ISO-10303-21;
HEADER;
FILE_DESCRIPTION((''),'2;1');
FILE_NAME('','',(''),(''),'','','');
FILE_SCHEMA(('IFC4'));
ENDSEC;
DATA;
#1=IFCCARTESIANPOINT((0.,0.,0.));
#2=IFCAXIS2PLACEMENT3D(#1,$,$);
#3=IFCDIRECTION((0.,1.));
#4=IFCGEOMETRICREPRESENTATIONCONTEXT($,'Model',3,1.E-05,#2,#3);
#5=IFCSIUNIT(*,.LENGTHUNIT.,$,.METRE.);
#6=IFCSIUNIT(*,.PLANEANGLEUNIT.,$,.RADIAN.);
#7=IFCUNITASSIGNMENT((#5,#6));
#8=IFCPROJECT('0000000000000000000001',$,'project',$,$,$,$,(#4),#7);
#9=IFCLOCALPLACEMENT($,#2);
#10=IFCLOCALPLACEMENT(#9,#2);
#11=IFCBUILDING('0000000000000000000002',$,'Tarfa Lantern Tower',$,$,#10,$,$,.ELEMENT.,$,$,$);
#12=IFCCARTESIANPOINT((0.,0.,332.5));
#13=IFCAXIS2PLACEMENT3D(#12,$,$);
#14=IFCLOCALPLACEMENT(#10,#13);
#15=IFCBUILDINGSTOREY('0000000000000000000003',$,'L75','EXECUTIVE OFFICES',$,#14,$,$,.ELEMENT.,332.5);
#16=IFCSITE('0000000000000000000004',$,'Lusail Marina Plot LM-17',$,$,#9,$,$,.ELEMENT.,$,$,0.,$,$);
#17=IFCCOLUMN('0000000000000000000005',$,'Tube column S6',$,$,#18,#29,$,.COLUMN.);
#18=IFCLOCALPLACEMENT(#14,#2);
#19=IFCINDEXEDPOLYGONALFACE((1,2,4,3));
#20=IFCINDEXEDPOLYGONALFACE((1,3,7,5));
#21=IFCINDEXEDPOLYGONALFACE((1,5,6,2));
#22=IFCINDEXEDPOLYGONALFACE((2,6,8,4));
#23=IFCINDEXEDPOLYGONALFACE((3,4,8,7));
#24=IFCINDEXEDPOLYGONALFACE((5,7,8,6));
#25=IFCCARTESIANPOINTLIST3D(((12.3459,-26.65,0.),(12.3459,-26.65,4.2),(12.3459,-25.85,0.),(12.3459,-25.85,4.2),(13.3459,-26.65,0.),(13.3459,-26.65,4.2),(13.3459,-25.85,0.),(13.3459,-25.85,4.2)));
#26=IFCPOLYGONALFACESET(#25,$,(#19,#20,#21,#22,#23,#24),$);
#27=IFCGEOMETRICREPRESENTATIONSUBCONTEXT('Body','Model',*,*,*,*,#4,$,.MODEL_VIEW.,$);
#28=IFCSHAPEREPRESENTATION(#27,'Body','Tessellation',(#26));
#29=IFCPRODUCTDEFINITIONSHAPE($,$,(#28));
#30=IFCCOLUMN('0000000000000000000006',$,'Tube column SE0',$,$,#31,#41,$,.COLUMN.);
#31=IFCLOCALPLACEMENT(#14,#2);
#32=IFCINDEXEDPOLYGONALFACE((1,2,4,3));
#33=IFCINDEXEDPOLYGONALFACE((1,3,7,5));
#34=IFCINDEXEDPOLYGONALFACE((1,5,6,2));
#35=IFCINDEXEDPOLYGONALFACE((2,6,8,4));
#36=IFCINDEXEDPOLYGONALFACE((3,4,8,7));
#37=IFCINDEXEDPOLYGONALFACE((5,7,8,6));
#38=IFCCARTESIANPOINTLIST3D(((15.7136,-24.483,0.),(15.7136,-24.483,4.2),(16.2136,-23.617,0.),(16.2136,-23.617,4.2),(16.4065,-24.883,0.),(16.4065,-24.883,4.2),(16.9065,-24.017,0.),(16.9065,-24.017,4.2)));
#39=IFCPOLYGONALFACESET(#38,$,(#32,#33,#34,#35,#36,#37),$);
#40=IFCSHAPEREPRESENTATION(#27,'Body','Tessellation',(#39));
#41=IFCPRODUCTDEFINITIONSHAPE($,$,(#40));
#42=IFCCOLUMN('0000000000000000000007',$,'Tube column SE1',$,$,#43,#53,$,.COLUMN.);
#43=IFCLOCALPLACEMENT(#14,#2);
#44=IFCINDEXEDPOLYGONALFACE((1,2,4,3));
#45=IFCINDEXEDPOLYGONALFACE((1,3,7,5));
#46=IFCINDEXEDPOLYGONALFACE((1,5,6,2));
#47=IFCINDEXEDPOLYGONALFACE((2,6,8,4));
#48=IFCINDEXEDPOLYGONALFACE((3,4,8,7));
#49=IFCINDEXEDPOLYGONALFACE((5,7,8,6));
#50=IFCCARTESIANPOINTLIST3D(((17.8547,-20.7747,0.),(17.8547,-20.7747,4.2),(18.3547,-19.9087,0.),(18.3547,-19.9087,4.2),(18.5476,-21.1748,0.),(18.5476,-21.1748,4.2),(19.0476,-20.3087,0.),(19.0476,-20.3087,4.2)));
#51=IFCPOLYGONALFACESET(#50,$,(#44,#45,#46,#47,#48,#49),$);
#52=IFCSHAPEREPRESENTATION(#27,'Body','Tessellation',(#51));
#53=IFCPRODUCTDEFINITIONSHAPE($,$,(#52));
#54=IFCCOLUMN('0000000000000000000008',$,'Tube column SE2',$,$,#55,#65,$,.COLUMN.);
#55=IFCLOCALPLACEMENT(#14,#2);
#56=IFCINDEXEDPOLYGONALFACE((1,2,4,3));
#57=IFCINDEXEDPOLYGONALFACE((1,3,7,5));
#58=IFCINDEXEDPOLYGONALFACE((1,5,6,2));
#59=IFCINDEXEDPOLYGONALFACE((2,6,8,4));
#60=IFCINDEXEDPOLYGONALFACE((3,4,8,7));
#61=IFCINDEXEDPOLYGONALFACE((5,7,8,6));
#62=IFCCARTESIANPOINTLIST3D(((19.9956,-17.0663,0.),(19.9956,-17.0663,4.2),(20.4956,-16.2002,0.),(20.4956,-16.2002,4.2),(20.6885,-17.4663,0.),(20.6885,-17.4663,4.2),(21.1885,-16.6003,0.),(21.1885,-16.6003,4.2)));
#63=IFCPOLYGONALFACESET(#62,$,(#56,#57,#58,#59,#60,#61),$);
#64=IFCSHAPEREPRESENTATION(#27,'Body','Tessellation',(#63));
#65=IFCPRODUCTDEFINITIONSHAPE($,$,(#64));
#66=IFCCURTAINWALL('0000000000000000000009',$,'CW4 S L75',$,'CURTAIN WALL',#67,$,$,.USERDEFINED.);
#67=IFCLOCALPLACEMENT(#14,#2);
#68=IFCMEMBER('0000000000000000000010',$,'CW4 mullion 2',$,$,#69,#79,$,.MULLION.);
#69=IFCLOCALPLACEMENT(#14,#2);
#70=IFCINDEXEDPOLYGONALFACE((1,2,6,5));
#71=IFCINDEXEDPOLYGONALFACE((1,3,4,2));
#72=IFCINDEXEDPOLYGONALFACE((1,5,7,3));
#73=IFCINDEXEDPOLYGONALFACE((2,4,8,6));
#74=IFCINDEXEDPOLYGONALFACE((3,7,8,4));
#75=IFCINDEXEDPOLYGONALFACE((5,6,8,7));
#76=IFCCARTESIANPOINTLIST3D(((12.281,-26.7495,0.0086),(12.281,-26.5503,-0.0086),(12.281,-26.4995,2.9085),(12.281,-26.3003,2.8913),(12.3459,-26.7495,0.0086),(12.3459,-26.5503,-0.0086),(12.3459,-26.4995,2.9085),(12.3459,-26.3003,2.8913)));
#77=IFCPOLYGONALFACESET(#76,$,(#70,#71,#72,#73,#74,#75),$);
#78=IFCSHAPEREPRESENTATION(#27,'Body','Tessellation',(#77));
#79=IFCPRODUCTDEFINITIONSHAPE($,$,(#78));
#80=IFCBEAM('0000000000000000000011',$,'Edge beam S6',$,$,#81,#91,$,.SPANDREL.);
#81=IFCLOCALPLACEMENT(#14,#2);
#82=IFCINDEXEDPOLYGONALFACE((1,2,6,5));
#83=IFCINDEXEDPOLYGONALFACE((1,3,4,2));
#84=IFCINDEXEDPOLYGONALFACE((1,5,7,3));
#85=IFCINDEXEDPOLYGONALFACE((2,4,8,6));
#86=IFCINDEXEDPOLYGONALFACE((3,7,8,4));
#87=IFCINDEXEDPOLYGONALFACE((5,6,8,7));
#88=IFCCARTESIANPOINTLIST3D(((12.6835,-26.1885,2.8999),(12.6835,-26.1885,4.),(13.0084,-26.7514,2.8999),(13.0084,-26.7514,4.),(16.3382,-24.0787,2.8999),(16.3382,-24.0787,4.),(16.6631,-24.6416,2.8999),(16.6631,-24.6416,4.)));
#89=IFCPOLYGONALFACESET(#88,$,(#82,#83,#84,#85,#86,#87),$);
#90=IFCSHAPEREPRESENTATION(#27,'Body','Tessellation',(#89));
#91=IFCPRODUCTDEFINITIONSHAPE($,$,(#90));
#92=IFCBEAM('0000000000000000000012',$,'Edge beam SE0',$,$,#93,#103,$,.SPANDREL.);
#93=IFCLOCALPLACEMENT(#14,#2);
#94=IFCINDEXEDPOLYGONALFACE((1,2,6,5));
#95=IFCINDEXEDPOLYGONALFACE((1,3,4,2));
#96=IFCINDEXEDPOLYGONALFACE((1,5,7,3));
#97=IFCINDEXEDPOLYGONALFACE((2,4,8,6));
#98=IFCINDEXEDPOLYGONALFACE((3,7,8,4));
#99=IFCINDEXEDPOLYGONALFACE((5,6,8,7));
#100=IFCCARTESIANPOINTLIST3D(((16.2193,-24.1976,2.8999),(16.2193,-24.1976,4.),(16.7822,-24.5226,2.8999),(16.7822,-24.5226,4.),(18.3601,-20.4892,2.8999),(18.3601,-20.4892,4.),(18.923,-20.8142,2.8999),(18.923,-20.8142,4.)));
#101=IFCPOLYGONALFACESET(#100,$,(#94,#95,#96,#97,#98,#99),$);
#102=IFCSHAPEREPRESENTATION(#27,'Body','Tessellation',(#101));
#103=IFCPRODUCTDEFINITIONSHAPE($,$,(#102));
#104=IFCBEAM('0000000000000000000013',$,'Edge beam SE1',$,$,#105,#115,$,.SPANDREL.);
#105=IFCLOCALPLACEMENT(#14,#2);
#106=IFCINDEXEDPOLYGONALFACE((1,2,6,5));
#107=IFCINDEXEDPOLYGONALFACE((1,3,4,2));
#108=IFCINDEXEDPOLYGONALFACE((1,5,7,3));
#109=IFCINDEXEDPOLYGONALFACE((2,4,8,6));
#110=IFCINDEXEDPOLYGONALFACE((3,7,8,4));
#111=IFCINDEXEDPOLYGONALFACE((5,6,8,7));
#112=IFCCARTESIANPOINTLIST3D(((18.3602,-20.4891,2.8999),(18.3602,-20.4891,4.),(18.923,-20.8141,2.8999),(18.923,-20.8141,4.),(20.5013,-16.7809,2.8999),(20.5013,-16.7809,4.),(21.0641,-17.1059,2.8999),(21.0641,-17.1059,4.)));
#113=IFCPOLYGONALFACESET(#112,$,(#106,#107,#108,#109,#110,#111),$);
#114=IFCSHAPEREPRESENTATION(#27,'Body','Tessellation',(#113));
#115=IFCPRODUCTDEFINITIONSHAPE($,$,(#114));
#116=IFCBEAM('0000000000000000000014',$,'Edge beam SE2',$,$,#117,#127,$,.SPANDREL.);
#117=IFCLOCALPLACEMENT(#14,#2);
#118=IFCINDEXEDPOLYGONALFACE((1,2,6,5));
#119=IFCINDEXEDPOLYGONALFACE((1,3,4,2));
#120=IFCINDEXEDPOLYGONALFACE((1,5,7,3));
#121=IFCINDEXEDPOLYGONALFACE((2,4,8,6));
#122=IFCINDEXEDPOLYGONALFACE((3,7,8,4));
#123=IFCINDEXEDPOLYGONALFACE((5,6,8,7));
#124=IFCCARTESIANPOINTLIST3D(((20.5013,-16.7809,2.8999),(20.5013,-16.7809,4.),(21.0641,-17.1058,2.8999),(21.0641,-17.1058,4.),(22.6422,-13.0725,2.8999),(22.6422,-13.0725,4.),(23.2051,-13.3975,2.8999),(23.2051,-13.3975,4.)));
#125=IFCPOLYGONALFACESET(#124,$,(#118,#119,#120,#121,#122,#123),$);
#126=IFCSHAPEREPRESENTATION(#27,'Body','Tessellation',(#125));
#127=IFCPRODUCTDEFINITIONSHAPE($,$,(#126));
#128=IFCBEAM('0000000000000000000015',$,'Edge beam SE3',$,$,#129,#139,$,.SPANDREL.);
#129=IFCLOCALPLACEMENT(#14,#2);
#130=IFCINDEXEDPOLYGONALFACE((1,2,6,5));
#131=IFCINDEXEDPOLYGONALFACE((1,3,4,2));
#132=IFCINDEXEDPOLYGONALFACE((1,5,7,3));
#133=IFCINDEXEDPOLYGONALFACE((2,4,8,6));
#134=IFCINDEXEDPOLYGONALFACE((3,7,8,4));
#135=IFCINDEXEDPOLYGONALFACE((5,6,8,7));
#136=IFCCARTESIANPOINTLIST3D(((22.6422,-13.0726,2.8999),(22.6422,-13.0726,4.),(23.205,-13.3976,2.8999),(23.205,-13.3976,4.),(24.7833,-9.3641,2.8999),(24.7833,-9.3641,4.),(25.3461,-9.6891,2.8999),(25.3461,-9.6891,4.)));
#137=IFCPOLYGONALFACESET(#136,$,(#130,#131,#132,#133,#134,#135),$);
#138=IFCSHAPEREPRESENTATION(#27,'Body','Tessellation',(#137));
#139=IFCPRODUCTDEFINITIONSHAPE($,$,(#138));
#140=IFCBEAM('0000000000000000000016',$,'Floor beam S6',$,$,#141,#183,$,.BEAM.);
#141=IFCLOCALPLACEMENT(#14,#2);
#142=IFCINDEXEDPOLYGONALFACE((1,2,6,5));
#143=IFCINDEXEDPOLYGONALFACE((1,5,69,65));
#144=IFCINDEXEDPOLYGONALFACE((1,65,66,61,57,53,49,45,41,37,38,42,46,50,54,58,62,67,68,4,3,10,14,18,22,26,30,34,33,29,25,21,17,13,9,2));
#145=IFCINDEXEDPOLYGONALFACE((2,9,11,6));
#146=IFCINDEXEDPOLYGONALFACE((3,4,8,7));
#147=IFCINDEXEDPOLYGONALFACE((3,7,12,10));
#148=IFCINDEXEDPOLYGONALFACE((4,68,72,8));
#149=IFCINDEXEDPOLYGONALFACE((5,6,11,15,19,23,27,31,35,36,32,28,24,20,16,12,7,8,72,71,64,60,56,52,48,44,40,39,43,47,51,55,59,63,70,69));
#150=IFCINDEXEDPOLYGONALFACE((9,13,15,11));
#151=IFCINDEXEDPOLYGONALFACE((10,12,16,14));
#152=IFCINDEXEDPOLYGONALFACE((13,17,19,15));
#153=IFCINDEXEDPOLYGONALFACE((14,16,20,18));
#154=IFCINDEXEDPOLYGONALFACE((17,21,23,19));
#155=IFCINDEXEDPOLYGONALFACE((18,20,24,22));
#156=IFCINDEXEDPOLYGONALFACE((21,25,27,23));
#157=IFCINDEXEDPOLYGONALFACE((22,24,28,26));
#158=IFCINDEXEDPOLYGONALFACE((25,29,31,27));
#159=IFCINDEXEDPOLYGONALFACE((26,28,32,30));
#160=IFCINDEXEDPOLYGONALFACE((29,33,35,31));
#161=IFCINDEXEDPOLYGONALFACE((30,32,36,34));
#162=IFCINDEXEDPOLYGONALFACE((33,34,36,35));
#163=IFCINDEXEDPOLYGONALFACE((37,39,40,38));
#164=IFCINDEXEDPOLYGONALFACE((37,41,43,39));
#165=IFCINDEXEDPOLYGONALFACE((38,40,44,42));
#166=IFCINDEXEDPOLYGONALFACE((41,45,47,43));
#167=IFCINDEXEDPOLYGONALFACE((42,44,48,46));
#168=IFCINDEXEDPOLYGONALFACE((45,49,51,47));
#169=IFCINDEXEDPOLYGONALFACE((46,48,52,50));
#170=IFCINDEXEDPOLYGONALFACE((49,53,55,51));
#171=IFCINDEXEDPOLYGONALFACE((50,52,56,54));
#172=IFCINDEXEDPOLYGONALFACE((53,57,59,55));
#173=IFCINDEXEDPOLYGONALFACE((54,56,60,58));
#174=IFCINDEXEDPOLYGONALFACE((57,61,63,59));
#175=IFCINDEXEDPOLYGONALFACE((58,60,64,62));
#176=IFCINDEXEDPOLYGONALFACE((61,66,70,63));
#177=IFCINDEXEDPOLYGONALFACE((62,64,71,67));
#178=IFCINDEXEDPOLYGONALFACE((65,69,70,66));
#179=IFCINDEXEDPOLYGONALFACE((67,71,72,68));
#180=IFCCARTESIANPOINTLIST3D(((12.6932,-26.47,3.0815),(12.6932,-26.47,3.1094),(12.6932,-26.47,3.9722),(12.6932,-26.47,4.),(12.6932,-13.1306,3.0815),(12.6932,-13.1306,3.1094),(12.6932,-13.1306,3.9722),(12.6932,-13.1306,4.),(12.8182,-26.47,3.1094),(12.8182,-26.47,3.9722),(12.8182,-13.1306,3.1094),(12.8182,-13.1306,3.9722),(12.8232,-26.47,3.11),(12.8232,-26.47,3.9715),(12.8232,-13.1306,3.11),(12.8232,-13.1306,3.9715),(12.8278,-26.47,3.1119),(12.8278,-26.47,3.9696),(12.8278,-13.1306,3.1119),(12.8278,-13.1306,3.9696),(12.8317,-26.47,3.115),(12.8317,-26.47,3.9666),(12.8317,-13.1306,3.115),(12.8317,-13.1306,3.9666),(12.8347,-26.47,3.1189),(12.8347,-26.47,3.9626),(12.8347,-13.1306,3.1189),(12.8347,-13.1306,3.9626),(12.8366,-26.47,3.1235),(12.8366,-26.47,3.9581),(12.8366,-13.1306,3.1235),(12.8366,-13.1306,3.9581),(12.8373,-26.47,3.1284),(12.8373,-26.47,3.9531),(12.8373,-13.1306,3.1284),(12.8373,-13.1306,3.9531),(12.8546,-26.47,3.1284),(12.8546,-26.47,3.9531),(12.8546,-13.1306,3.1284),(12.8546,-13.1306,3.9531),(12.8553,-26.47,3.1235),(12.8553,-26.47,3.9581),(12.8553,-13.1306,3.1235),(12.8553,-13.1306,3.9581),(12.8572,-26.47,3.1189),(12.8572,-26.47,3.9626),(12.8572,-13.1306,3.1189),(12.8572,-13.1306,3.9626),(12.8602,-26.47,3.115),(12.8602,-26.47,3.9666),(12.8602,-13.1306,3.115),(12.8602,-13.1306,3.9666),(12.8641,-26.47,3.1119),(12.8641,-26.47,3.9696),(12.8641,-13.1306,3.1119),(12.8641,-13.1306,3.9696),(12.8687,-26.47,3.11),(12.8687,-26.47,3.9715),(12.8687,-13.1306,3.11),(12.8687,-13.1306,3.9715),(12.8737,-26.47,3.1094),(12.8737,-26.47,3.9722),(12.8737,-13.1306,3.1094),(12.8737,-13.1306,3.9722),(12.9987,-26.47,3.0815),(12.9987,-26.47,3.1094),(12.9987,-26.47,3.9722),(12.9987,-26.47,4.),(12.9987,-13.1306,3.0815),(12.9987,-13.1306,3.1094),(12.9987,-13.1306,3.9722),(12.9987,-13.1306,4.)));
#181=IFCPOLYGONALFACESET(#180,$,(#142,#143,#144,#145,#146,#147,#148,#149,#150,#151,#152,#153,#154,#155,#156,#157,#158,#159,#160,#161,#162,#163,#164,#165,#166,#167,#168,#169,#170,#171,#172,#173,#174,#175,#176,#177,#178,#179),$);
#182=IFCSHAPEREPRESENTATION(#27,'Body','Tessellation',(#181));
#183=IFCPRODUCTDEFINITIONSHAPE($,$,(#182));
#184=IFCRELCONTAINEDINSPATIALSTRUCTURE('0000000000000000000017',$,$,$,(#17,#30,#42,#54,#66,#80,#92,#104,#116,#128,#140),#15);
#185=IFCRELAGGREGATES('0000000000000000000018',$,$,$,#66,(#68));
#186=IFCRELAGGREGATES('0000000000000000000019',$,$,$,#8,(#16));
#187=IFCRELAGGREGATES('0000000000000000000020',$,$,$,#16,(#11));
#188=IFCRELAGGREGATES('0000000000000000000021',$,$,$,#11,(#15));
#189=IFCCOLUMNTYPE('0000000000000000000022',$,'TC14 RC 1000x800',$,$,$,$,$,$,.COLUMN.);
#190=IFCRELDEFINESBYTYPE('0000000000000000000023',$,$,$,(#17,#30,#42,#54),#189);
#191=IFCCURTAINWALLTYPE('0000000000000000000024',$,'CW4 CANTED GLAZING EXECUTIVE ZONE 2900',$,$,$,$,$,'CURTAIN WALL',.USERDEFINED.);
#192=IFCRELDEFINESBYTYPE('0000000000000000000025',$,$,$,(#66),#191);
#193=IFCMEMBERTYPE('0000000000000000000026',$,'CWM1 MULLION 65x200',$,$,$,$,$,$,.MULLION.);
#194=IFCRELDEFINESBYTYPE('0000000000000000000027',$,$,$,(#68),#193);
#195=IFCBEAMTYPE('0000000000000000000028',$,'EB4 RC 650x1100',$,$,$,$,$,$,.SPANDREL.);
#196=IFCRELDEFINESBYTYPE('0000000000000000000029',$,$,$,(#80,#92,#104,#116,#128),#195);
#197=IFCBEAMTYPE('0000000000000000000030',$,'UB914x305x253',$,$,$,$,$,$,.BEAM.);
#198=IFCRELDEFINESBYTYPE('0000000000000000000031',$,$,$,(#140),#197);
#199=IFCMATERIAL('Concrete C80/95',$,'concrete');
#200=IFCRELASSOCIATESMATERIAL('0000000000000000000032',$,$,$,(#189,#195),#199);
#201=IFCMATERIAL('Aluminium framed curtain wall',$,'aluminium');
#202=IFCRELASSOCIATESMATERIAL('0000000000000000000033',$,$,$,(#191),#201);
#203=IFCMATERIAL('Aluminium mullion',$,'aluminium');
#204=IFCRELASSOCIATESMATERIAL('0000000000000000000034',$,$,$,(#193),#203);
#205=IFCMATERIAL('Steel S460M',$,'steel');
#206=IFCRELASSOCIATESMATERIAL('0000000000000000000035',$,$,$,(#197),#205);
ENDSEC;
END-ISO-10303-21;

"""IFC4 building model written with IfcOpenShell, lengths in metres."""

from ifc_helpers import new_model, si_unit, direction, frame, origin, origin_2d, place, context, subcontext, project, spatial, rectangle, i_section, extrude, material, material_profile, profile_set, type_object, element, aggregate, save


model = new_model("IFC4")

# Units and contexts
model_context = context("Model", 3, precision=1e-05, world=origin(), true_north=direction((0.0, 1.0)))
body_context = subcontext(model_context, "Body", "Model", "MODEL_VIEW")
ifc_project = project(units=[si_unit("LENGTHUNIT", "METRE"), si_unit("PLANEANGLEUNIT", "RADIAN")], contexts=[model_context])

# Site, building, storey
site_placement = place(None, origin())
site = spatial("IfcSite", under=ifc_project, at=site_placement, Name="Lusail Marina Plot LM-17", CompositionType="ELEMENT", RefElevation=0.0)
building_placement = place(site_placement, origin())
building = spatial("IfcBuilding", under=site, at=building_placement, Name="Tarfa Lantern Tower", CompositionType="ELEMENT")
storey_placement = place(building_placement, frame((0.0, 0.0, 332.5)))
storey = spatial("IfcBuildingStorey", under=building, at=storey_placement, Name="L75", Description="EXECUTIVE OFFICES", CompositionType="ELEMENT", Elevation=332.5)

# Columns
ifc_material_1 = material(Name="Concrete C80/95", Category="concrete")
ifc_material_profile_1 = material_profile(ifc_material_1, rectangle(XDim=1.0, YDim=0.8, at=origin_2d()), Name="RC 1000x800")
ifc_profile_set_1 = profile_set([ifc_material_profile_1], Name="Concrete C80/95")
column_type = type_object("IfcColumnType", Name="TC14 RC 1000x800", PredefinedType="COLUMN", material=ifc_profile_set_1)
for number, where, z_axis, x_axis, name in (
    (1, (12.8459, -26.25, 0.0), (0.0, 0.0, 1.0), (1.0, 0.0, 0.0), "Tube column S6"),
    (2, (16.3101, -24.25, 0.0), (0.0, 0.0, 1.0), (0.5, 0.866025, 0.0), "Tube column SE0"),
    (3, (18.4512, -20.5417, 0.0), (0.0, 0.0, 1.0), (0.5, 0.866025, 0.0), "Tube column SE1"),
    (4, (20.592, -16.8333, 0.0), (0.0, 0.0, 1.0), (0.5, 0.866025, 0.0), "Tube column SE2"),
):
    element("IfcColumn", number, at=place(storey_placement, frame(where, z_axis=z_axis, x_axis=x_axis)), inside=storey, type_object=column_type, Name=name, PredefinedType="COLUMN", context=body_context, shape_type="SweptSolid", body=[
        extrude(rectangle(XDim=1.0, YDim=0.8, at=origin_2d()), origin(), (0.0, 0.0, 1.0), 4.2),
    ])

# Curtain wall, member
ifc_material_2 = material(Name="Aluminium framed curtain wall", Category="aluminium")
curtain_wall_type = type_object("IfcCurtainWallType", Name="CW4 CANTED GLAZING EXECUTIVE ZONE 2900", ElementType="CURTAIN WALL", PredefinedType="USERDEFINED", material=ifc_material_2)
curtain_wall_placement = place(storey_placement, origin())
curtain_wall = element("IfcCurtainWall", 5, at=curtain_wall_placement, inside=storey, type_object=curtain_wall_type, Name="CW4 S L75", ObjectType="CURTAIN WALL", PredefinedType="USERDEFINED")
ifc_material_3 = material(Name="Aluminium mullion", Category="aluminium")
ifc_material_profile_2 = material_profile(ifc_material_3, rectangle(XDim=0.0649, YDim=0.2, at=origin_2d()), Name="AL MULLION 65x200")
ifc_profile_set_2 = profile_set([ifc_material_profile_2], Name="Aluminium mullion")
member_type = type_object("IfcMemberType", Name="CWM1 MULLION 65x200", PredefinedType="MULLION", material=ifc_profile_set_2)
member_placement = place(storey_placement, frame((12.3135, -26.6499, 0.0), z_axis=(0.0, 0.085891, 0.996305), x_axis=(-1.0, 0.0, 0.0)))
member = element("IfcMember", 6, at=member_placement, type_object=member_type, Name="CW4 mullion 2", PredefinedType="MULLION", context=body_context, shape_type="SweptSolid", body=[
    extrude(rectangle(XDim=0.0649, YDim=0.2, at=origin_2d()), origin(), (0.0, 0.0, 1.0), 2.9106),
])
aggregate(curtain_wall, [member])

# Beams
ifc_material_profile_3 = material_profile(ifc_material_1, rectangle(XDim=0.6499, YDim=1.1001, at=origin_2d()), Name="RC 650x1100")
ifc_profile_set_3 = profile_set([ifc_material_profile_3], Name="Concrete C80/95")
beam_type_1 = type_object("IfcBeamType", Name="EB4 RC 650x1100", PredefinedType="SPANDREL", material=ifc_profile_set_3)
beam_1_placement = place(storey_placement, frame((12.8459, -26.47, 3.45), z_axis=(0.866049, 0.499959, 0.0), x_axis=(-0.499959, 0.866049, 0.0)))
element("IfcBeam", 7, at=beam_1_placement, inside=storey, type_object=beam_type_1, Name="Edge beam S6", PredefinedType="SPANDREL", context=body_context, shape_type="SweptSolid", body=[
    extrude(rectangle(XDim=0.6499, YDim=1.1001, at=origin_2d()), origin(), (0.0, 0.0, 1.0), 4.22),
])
for number, where, z_axis, x_axis, name in (
    (8, (16.5007, -24.3601, 3.45), (0.499959, 0.866049, 0.0), (-0.866049, 0.499959, 0.0), "Edge beam SE0"),
    (9, (18.6416, -20.6516, 3.45), (0.500027, 0.86601, 0.0), (-0.86601, 0.500027, 0.0), "Edge beam SE1"),
    (10, (20.7827, -16.9434, 3.45), (0.499984, 0.866035, 0.0), (-0.866035, 0.499984, 0.0), "Edge beam SE2"),
):
    element("IfcBeam", number, at=place(storey_placement, frame(where, z_axis=z_axis, x_axis=x_axis)), inside=storey, type_object=beam_type_1, Name=name, PredefinedType="SPANDREL", context=body_context, shape_type="SweptSolid", body=[
        extrude(rectangle(XDim=0.6499, YDim=1.1001, at=origin_2d()), origin(), (0.0, 0.0, 1.0), 4.282),
    ])
beam_2_placement = place(storey_placement, frame((22.9236, -13.2351, 3.45), z_axis=(0.500002, 0.866024, 0.0), x_axis=(-0.866024, 0.500002, 0.0)))
element("IfcBeam", 11, at=beam_2_placement, inside=storey, type_object=beam_type_1, Name="Edge beam SE3", PredefinedType="SPANDREL", context=body_context, shape_type="SweptSolid", body=[
    extrude(rectangle(XDim=0.6499, YDim=1.1001, at=origin_2d()), origin(), (0.0, 0.0, 1.0), 4.2822),
])
ifc_material_4 = material(Name="Steel S460M", Category="steel")
ifc_material_profile_4 = material_profile(ifc_material_4, i_section(OverallWidth=0.3054, OverallDepth=0.9185, WebThickness=0.0173, FlangeThickness=0.0278, FilletRadius=0.019, at=origin_2d()), Name="UB914x305x253")
ifc_profile_set_4 = profile_set([ifc_material_profile_4], Name="Steel S460M")
beam_type_2 = type_object("IfcBeamType", Name="UB914x305x253", PredefinedType="BEAM", material=ifc_profile_set_4)
beam_3_placement = place(storey_placement, frame((12.8459, -26.47, 3.5408), z_axis=(0.0, 1.0, 0.0), x_axis=(-1.0, 0.0, 0.0)))
element("IfcBeam", 12, at=beam_3_placement, inside=storey, type_object=beam_type_2, Name="Floor beam S6", PredefinedType="BEAM", context=body_context, shape_type="SweptSolid", body=[
    extrude(i_section(OverallWidth=0.3054, OverallDepth=0.9185, WebThickness=0.0173, FlangeThickness=0.0278, FilletRadius=0.019, at=origin_2d()), origin(), (0.0, 0.0, 1.0), 13.3394),
])

save(model, "model.ifc")
